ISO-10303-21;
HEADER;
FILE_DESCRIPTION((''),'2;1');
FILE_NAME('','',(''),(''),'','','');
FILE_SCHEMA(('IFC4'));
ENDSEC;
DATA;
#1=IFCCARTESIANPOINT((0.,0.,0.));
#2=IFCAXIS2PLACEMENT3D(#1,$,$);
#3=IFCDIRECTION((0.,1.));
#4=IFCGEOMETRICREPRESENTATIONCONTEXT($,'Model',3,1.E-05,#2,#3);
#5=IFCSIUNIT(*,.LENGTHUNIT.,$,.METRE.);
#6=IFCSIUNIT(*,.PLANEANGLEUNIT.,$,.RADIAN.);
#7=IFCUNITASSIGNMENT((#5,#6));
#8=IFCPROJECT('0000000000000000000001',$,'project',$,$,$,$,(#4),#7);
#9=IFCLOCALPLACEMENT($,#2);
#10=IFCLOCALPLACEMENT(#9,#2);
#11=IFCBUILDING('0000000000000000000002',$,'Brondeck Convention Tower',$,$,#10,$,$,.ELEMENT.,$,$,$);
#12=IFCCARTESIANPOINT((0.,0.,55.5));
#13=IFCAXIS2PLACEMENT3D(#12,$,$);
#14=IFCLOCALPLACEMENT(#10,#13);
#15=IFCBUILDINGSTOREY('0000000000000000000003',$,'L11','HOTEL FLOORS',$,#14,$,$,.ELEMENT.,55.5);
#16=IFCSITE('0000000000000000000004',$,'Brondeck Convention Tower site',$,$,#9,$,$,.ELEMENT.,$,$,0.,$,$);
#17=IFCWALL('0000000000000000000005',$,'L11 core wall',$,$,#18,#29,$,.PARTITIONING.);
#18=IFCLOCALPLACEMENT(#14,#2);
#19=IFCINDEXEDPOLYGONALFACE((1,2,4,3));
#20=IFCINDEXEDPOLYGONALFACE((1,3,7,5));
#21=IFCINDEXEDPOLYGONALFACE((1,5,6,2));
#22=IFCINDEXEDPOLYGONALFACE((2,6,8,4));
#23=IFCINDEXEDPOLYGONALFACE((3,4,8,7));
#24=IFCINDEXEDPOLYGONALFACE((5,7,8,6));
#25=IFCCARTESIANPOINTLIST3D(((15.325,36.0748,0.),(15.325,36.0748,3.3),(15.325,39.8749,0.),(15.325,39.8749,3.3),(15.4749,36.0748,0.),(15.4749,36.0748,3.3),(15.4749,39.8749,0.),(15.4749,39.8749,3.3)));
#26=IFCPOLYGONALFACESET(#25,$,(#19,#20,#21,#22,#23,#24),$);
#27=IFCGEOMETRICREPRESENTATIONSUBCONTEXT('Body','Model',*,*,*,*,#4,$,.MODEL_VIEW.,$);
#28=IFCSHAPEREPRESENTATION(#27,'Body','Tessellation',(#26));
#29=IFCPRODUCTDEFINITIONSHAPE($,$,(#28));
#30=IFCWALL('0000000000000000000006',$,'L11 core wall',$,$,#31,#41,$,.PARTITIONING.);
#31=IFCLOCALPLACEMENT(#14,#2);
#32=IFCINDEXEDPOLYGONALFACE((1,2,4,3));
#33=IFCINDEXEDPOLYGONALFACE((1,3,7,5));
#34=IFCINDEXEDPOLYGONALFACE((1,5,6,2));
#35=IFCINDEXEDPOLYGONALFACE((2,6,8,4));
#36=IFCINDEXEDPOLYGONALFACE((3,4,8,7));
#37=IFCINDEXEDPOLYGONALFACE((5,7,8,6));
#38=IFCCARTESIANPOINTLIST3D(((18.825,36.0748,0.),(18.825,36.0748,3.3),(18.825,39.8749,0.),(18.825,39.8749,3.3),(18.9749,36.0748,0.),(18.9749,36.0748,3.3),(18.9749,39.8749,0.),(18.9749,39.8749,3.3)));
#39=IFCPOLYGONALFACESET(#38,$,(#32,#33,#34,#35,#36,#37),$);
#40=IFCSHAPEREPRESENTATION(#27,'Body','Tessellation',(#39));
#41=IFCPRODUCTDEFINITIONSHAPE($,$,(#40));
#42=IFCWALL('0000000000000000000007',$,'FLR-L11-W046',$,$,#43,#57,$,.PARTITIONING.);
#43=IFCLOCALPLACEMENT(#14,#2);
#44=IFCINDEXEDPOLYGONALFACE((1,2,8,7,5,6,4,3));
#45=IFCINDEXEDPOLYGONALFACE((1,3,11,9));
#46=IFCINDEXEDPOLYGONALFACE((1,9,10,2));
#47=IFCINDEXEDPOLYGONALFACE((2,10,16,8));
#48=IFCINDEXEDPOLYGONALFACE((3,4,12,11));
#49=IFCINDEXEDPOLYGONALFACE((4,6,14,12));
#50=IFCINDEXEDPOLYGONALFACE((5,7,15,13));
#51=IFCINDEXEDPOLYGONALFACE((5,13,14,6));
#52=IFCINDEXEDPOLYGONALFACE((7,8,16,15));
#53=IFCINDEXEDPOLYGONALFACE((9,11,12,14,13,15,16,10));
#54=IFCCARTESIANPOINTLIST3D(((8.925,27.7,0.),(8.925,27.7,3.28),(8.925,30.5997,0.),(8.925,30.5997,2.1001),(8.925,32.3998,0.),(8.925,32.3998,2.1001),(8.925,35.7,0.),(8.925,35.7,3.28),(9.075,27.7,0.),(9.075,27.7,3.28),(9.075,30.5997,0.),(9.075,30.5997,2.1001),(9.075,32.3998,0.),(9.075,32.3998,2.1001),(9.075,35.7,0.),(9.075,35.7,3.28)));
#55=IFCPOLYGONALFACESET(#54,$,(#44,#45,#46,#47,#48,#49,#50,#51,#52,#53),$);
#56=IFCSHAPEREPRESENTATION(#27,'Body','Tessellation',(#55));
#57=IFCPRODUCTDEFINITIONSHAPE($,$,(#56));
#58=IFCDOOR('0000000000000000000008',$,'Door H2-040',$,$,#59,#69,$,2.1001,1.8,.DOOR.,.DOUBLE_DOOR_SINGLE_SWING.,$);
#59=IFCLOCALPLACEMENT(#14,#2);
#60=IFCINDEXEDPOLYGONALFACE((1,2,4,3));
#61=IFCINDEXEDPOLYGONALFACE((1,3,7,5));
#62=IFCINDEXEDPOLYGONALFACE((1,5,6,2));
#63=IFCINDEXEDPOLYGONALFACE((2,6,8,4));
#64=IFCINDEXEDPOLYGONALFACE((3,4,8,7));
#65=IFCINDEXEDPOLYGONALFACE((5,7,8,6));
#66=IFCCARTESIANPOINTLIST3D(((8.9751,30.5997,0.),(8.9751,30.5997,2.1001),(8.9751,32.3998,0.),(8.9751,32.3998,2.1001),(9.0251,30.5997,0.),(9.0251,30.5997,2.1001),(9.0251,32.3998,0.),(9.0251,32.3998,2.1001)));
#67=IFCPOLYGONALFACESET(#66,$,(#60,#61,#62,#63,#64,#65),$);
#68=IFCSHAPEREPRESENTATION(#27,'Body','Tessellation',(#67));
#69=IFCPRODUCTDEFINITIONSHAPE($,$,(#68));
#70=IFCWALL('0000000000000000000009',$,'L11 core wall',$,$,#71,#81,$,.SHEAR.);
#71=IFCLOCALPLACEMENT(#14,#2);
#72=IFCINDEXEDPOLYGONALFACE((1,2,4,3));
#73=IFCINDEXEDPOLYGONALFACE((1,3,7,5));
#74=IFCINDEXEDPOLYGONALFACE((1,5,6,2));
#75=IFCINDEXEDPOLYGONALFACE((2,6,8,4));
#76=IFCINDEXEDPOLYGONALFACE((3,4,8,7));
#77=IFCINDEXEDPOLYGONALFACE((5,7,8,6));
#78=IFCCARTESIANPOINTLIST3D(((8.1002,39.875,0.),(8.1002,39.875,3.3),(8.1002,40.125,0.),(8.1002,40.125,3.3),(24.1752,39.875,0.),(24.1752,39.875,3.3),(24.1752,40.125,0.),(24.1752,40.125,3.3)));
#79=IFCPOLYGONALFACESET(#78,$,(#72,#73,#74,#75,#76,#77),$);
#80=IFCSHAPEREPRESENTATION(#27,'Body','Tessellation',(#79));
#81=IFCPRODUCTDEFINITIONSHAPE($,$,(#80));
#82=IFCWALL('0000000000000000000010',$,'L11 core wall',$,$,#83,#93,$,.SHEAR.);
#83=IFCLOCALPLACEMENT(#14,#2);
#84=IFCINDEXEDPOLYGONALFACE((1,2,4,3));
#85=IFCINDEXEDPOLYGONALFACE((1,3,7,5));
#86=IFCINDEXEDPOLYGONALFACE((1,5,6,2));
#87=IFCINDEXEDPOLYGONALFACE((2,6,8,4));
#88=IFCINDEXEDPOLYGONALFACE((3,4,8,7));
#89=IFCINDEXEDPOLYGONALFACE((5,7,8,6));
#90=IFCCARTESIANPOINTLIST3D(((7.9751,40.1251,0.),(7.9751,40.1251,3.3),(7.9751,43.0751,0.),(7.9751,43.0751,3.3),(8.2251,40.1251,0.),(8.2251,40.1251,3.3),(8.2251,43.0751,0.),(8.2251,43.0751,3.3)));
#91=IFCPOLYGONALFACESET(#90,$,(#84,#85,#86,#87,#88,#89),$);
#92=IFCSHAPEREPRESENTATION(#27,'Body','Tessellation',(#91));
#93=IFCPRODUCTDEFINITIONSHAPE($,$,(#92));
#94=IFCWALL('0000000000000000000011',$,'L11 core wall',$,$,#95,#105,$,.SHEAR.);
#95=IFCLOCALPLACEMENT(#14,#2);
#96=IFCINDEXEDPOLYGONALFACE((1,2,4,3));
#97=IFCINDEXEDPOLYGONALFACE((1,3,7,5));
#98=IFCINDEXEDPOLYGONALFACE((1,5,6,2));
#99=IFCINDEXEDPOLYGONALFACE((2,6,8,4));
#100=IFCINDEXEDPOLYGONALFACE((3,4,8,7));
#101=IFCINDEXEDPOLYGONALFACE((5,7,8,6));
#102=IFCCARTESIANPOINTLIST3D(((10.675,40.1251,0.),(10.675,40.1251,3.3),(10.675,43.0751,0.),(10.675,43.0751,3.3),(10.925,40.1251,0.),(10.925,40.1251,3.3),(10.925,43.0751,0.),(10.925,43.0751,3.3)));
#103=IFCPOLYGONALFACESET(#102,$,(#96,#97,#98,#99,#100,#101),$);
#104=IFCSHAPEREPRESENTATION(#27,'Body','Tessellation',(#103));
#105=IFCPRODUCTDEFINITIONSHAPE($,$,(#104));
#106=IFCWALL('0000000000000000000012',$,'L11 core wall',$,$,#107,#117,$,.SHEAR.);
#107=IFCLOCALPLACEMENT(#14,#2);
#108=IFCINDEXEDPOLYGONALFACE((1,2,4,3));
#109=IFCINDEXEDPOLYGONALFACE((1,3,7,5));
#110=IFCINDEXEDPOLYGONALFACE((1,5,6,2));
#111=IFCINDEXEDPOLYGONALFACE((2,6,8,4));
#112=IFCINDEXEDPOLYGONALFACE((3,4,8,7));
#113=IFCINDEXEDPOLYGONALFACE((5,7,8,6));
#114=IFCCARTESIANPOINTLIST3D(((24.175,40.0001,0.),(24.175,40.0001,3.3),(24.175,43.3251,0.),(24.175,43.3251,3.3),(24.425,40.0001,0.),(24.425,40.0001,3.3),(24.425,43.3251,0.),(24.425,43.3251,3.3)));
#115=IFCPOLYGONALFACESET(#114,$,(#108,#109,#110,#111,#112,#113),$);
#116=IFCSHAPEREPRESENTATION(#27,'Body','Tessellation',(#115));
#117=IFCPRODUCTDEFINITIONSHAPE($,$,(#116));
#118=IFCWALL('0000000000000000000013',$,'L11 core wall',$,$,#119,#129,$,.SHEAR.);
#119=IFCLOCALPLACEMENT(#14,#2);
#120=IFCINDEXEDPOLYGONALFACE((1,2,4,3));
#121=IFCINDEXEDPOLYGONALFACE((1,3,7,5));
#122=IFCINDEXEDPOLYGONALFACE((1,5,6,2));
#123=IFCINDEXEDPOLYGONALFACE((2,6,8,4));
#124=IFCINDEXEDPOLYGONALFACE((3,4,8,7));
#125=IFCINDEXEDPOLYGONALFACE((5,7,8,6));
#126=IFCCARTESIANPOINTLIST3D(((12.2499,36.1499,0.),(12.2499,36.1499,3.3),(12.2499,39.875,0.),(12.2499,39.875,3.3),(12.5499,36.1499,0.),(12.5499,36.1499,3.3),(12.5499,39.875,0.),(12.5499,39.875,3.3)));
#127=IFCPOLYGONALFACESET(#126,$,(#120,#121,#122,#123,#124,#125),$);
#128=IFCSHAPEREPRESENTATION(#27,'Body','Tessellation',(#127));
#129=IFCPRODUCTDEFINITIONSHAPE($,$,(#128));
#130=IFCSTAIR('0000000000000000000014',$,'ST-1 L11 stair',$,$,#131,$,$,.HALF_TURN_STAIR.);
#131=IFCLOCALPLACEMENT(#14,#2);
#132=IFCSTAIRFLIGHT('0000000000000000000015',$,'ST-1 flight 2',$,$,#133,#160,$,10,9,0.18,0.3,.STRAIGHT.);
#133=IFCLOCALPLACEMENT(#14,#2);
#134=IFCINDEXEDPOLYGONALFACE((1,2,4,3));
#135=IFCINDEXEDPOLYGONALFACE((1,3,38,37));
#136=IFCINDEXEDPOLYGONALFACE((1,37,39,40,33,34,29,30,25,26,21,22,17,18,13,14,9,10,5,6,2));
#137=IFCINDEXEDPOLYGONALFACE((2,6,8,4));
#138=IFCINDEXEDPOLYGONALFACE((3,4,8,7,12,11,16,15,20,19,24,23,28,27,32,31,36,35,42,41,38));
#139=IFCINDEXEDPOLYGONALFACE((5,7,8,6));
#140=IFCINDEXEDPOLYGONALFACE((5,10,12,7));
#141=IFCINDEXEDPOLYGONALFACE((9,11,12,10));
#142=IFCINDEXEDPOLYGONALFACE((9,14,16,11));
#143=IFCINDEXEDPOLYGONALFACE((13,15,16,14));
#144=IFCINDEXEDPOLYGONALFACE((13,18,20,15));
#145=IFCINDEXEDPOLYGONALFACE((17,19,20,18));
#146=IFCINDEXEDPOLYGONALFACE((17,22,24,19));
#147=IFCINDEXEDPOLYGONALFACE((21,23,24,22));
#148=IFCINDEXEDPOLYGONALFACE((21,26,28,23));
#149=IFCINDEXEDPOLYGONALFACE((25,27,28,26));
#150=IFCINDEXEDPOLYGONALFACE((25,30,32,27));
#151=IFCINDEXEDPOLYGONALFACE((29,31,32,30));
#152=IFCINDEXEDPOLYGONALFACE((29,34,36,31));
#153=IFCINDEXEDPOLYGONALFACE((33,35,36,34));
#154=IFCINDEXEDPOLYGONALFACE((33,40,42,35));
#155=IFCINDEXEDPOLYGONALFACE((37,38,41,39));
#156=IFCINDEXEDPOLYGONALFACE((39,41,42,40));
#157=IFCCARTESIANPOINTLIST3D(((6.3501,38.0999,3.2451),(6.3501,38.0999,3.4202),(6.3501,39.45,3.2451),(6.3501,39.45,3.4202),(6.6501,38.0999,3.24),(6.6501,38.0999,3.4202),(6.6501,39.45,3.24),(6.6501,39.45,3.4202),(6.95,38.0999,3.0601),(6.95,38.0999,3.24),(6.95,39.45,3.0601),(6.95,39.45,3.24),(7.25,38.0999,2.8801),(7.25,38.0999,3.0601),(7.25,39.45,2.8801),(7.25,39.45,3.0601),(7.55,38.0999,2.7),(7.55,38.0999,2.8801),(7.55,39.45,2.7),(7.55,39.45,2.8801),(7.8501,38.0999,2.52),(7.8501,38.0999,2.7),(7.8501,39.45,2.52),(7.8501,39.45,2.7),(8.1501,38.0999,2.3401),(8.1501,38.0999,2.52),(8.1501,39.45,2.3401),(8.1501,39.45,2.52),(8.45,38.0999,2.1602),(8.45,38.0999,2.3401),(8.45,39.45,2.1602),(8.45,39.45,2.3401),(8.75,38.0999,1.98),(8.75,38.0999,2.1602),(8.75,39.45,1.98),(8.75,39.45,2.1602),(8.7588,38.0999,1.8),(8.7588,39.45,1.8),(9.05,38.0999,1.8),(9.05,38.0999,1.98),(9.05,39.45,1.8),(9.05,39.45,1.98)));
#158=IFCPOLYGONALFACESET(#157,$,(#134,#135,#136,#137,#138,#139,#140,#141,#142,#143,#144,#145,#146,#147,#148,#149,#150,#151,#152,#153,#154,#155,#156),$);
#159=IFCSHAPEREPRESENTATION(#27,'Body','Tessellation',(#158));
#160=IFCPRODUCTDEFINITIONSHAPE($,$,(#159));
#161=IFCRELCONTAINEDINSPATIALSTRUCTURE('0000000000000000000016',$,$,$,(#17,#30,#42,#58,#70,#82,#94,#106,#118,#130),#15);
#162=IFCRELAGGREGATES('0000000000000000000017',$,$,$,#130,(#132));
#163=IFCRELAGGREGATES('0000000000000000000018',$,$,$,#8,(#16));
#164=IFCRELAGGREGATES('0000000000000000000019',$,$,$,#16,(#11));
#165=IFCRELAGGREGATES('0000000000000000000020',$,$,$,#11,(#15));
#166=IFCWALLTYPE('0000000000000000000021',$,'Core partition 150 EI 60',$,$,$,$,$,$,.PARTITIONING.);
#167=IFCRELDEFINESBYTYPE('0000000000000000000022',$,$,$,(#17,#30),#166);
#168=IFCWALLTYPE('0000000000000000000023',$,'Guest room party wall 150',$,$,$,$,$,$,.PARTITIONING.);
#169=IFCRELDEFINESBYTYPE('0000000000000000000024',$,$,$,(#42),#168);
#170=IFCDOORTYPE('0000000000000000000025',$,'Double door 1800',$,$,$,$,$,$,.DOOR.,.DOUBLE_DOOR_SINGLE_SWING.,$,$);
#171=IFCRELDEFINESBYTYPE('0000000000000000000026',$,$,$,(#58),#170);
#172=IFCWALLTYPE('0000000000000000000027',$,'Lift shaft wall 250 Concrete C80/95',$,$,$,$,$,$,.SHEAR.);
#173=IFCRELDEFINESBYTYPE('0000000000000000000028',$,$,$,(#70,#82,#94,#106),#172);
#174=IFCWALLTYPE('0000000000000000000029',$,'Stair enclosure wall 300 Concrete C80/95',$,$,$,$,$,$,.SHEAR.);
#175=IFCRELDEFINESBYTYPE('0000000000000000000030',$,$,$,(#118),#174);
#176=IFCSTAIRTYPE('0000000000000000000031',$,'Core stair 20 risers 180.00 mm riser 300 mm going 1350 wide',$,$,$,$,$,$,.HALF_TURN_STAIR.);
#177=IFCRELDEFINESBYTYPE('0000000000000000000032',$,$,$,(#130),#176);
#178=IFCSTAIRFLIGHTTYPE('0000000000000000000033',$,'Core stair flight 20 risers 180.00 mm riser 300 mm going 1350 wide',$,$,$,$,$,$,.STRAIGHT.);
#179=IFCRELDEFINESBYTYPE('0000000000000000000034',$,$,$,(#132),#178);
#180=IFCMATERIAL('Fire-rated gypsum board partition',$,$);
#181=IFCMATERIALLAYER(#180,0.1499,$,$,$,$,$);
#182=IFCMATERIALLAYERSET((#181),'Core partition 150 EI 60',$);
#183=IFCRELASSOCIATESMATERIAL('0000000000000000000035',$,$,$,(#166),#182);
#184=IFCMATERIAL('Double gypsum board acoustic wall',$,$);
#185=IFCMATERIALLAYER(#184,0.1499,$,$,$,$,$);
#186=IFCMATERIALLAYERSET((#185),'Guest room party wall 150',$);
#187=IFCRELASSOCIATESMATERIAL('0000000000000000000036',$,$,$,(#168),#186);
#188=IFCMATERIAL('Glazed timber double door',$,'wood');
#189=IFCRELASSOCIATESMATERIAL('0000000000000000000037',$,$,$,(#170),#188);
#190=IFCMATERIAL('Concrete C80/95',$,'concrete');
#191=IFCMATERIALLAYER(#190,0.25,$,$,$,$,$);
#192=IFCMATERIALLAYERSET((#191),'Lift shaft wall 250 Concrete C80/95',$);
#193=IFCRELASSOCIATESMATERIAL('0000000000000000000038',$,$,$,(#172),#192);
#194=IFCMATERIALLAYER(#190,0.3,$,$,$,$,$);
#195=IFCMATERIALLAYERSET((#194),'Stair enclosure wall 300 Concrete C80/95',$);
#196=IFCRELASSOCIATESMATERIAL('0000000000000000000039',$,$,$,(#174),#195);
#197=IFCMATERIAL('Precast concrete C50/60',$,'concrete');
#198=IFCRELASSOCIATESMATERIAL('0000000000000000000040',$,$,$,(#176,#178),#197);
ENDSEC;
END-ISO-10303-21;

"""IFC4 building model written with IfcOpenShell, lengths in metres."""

from ifc_helpers import new_model, si_unit, direction, frame, frame_2d, origin, place, context, subcontext, project, spatial, polyline, rectangle, outline, extrude, material, layer, layer_set, type_object, element, fill, aggregate, save


model = new_model("IFC4")

# Units and contexts
model_context = context("Model", 3, precision=1e-05, world=origin(), true_north=direction((0.0, 1.0)))
body_context = subcontext(model_context, "Body", "Model", "MODEL_VIEW")
ifc_project = project(units=[si_unit("LENGTHUNIT", "METRE"), si_unit("PLANEANGLEUNIT", "RADIAN")], contexts=[model_context])

# Site, building, storey
site_placement = place(None, origin())
site = spatial("IfcSite", under=ifc_project, at=site_placement, Name="Brondeck Convention Tower site", CompositionType="ELEMENT", RefElevation=0.0)
building_placement = place(site_placement, origin())
building = spatial("IfcBuilding", under=site, at=building_placement, Name="Brondeck Convention Tower", CompositionType="ELEMENT")
storey_placement = place(building_placement, frame((0.0, 0.0, 55.5)))
storey = spatial("IfcBuildingStorey", under=building, at=storey_placement, Name="L11", Description="HOTEL FLOORS", CompositionType="ELEMENT", Elevation=55.5)

# Shared definitions
ifc_material_1 = material(Name="Concrete C80/95", Category="concrete")

# Walls
ifc_material_2 = material(Name="Fire-rated gypsum board partition")
ifc_layer_1 = layer(ifc_material_2, 0.1499)
ifc_layer_set_1 = layer_set([ifc_layer_1], Name="Core partition 150 EI 60")
wall_type_1 = type_object("IfcWallType", Name="Core partition 150 EI 60", PredefinedType="PARTITIONING", material=ifc_layer_set_1)
for number, where, z_axis, x_axis, name in (
    (1, (15.3999, 36.075, 0.0), (0.0, 0.0, 1.0), (0.0, 1.0, 0.0), "L11 core wall"),
    (2, (18.8999, 36.075, 0.0), (0.0, 0.0, 1.0), (0.0, 1.0, 0.0), "L11 core wall"),
):
    element("IfcWall", number, at=place(storey_placement, frame(where, z_axis=z_axis, x_axis=x_axis)), inside=storey, type_object=wall_type_1, Name=name, PredefinedType="PARTITIONING", context=body_context, shape_type="SweptSolid", body=[
        extrude(rectangle(XDim=3.8, YDim=0.1499, at=frame_2d((1.8999, 0.0))), origin(), (0.0, 0.0, 1.0), 3.3),
    ])

# Wall, opening, door
ifc_material_3 = material(Name="Double gypsum board acoustic wall")
ifc_layer_2 = layer(ifc_material_3, 0.1499)
ifc_layer_set_2 = layer_set([ifc_layer_2], Name="Guest room party wall 150")
wall_type_2 = type_object("IfcWallType", Name="Guest room party wall 150", PredefinedType="PARTITIONING", material=ifc_layer_set_2)
wall_1_placement = place(storey_placement, frame((9.0, 27.7, 0.0), z_axis=(0.0, 0.0, 1.0), x_axis=(0.0, 1.0, 0.0)))
wall_1 = element("IfcWall", 3, at=wall_1_placement, inside=storey, type_object=wall_type_2, Name="FLR-L11-W046", PredefinedType="PARTITIONING", context=body_context, shape_type="SweptSolid", body=[
    extrude(rectangle(XDim=8.0, YDim=0.1499, at=frame_2d((4.0, 0.0))), origin(), (0.0, 0.0, 1.0), 3.28),
])
opening_1_placement = place(wall_1_placement, frame((2.8999, 0.0, 0.0)))
opening_1 = element("IfcOpeningElement", 4, at=opening_1_placement, cuts=wall_1, PredefinedType="OPENING", context=body_context, shape_type="SweptSolid", body=[
    extrude(rectangle(XDim=1.8, YDim=2.1001, at=frame_2d((0.8999, 1.05))), frame((0.0, 0.085, 0.0), z_axis=(0.0, -1.0, 0.0), x_axis=(1.0, 0.0, 0.0)), (0.0, 0.0, 1.0), 0.1699),
])
ifc_material_4 = material(Name="Glazed timber double door", Category="wood")
door_type_1 = type_object("IfcDoorType", Name="Double door 1800", OperationType="DOUBLE_DOOR_SINGLE_SWING", PredefinedType="DOOR", material=ifc_material_4)
door_1_placement = place(opening_1_placement, origin())
door_1 = element("IfcDoor", 5, at=door_1_placement, inside=storey, type_object=door_type_1, Name="Door H2-040", OperationType="DOUBLE_DOOR_SINGLE_SWING", OverallHeight=2.1001, OverallWidth=1.8, PredefinedType="DOOR", context=body_context, shape_type="SweptSolid", body=[
    extrude(rectangle(XDim=1.8, YDim=2.1001, at=frame_2d((0.8999, 1.05))), frame((0.0, 0.0249, 0.0), z_axis=(0.0, -1.0, 0.0), x_axis=(1.0, 0.0, 0.0)), (0.0, 0.0, 1.0), 0.05),
])
fill(opening_1, door_1)

# Walls
ifc_layer_3 = layer(ifc_material_1, 0.25)
ifc_layer_set_3 = layer_set([ifc_layer_3], Name="Lift shaft wall 250 Concrete C80/95")
wall_type_3 = type_object("IfcWallType", Name="Lift shaft wall 250 Concrete C80/95", PredefinedType="SHEAR", material=ifc_layer_set_3)
wall_2_placement = place(storey_placement, frame((8.1001, 40.0, 0.0), z_axis=(0.0, 0.0, 1.0), x_axis=(1.0, 0.0, 0.0)))
element("IfcWall", 6, at=wall_2_placement, inside=storey, type_object=wall_type_3, Name="L11 core wall", PredefinedType="SHEAR", context=body_context, shape_type="SweptSolid", body=[
    extrude(rectangle(XDim=16.075, YDim=0.25, at=frame_2d((8.0376, 0.0))), origin(), (0.0, 0.0, 1.0), 3.3),
])
for number, where, z_axis, x_axis, name in (
    (7, (8.1001, 40.125, 0.0), (0.0, 0.0, 1.0), (0.0, 1.0, 0.0), "L11 core wall"),
    (8, (10.8, 40.125, 0.0), (0.0, 0.0, 1.0), (0.0, 1.0, 0.0), "L11 core wall"),
):
    element("IfcWall", number, at=place(storey_placement, frame(where, z_axis=z_axis, x_axis=x_axis)), inside=storey, type_object=wall_type_3, Name=name, PredefinedType="SHEAR", context=body_context, shape_type="SweptSolid", body=[
        extrude(rectangle(XDim=2.95, YDim=0.25, at=frame_2d((1.4751, 0.0))), origin(), (0.0, 0.0, 1.0), 3.3),
    ])
wall_3_placement = place(storey_placement, frame((24.3, 40.0, 0.0), z_axis=(0.0, 0.0, 1.0), x_axis=(0.0, 1.0, 0.0)))
element("IfcWall", 9, at=wall_3_placement, inside=storey, type_object=wall_type_3, Name="L11 core wall", PredefinedType="SHEAR", context=body_context, shape_type="SweptSolid", body=[
    extrude(rectangle(XDim=3.325, YDim=0.25, at=frame_2d((1.6626, 0.0))), origin(), (0.0, 0.0, 1.0), 3.3),
])
ifc_layer_4 = layer(ifc_material_1, 0.3)
ifc_layer_set_4 = layer_set([ifc_layer_4], Name="Stair enclosure wall 300 Concrete C80/95")
wall_type_4 = type_object("IfcWallType", Name="Stair enclosure wall 300 Concrete C80/95", PredefinedType="SHEAR", material=ifc_layer_set_4)
wall_4_placement = place(storey_placement, frame((12.3999, 36.1499, 0.0), z_axis=(0.0, 0.0, 1.0), x_axis=(0.0, 1.0, 0.0)))
element("IfcWall", 10, at=wall_4_placement, inside=storey, type_object=wall_type_4, Name="L11 core wall", PredefinedType="SHEAR", context=body_context, shape_type="SweptSolid", body=[
    extrude(rectangle(XDim=3.7251, YDim=0.3, at=frame_2d((1.8625, 0.0))), origin(), (0.0, 0.0, 1.0), 3.3),
])

# Stair, stair flight
ifc_material_5 = material(Name="Precast concrete C50/60", Category="concrete")
stair_type = type_object("IfcStairType", Name="Core stair 20 risers 180.00 mm riser 300 mm going 1350 wide", PredefinedType="HALF_TURN_STAIR", material=ifc_material_5)
stair_placement = place(storey_placement, origin())
stair = element("IfcStair", 11, at=stair_placement, inside=storey, type_object=stair_type, Name="ST-1 L11 stair", PredefinedType="HALF_TURN_STAIR")
stair_flight_type = type_object("IfcStairFlightType", Name="Core stair flight 20 risers 180.00 mm riser 300 mm going 1350 wide", PredefinedType="STRAIGHT", material=ifc_material_5)
stair_flight_placement = place(storey_placement, frame((9.05, 38.7749, 1.8), z_axis=(0.0, 0.0, 1.0), x_axis=(-1.0, 0.0, 0.0)))
stair_flight = element("IfcStairFlight", 12, at=stair_flight_placement, type_object=stair_flight_type, Name="ST-1 flight 2", NumberOfRisers=10, NumberOfTreads=9, PredefinedType="STRAIGHT", RiserHeight=0.18, TreadLength=0.3, context=body_context, shape_type="SweptSolid", body=[
    extrude(outline(polyline([(0.0, 0.0), (0.0, 0.1799), (0.3, 0.1799), (0.3, 0.3601), (0.6001, 0.3601), (0.6001, 0.54), (0.8999, 0.54), (0.8999, 0.72), (1.2, 0.72), (1.2, 0.8999), (1.5, 0.8999), (1.5, 1.0801), (1.8, 1.0801), (1.8, 1.26), (2.1001, 1.26), (2.1001, 1.4399), (2.3999, 1.4399), (2.3999, 1.6201), (2.7, 1.6201), (2.7, 1.8), (2.7, 1.4451), (0.2913, 0.0), (0.0, 0.0)])), frame((0.0, 0.675, 0.0), z_axis=(0.0, -1.0, 0.0), x_axis=(1.0, 0.0, 0.0)), (0.0, 0.0, 1.0), 1.3501),
])
aggregate(stair, [stair_flight])

save(model, "model.ifc")
